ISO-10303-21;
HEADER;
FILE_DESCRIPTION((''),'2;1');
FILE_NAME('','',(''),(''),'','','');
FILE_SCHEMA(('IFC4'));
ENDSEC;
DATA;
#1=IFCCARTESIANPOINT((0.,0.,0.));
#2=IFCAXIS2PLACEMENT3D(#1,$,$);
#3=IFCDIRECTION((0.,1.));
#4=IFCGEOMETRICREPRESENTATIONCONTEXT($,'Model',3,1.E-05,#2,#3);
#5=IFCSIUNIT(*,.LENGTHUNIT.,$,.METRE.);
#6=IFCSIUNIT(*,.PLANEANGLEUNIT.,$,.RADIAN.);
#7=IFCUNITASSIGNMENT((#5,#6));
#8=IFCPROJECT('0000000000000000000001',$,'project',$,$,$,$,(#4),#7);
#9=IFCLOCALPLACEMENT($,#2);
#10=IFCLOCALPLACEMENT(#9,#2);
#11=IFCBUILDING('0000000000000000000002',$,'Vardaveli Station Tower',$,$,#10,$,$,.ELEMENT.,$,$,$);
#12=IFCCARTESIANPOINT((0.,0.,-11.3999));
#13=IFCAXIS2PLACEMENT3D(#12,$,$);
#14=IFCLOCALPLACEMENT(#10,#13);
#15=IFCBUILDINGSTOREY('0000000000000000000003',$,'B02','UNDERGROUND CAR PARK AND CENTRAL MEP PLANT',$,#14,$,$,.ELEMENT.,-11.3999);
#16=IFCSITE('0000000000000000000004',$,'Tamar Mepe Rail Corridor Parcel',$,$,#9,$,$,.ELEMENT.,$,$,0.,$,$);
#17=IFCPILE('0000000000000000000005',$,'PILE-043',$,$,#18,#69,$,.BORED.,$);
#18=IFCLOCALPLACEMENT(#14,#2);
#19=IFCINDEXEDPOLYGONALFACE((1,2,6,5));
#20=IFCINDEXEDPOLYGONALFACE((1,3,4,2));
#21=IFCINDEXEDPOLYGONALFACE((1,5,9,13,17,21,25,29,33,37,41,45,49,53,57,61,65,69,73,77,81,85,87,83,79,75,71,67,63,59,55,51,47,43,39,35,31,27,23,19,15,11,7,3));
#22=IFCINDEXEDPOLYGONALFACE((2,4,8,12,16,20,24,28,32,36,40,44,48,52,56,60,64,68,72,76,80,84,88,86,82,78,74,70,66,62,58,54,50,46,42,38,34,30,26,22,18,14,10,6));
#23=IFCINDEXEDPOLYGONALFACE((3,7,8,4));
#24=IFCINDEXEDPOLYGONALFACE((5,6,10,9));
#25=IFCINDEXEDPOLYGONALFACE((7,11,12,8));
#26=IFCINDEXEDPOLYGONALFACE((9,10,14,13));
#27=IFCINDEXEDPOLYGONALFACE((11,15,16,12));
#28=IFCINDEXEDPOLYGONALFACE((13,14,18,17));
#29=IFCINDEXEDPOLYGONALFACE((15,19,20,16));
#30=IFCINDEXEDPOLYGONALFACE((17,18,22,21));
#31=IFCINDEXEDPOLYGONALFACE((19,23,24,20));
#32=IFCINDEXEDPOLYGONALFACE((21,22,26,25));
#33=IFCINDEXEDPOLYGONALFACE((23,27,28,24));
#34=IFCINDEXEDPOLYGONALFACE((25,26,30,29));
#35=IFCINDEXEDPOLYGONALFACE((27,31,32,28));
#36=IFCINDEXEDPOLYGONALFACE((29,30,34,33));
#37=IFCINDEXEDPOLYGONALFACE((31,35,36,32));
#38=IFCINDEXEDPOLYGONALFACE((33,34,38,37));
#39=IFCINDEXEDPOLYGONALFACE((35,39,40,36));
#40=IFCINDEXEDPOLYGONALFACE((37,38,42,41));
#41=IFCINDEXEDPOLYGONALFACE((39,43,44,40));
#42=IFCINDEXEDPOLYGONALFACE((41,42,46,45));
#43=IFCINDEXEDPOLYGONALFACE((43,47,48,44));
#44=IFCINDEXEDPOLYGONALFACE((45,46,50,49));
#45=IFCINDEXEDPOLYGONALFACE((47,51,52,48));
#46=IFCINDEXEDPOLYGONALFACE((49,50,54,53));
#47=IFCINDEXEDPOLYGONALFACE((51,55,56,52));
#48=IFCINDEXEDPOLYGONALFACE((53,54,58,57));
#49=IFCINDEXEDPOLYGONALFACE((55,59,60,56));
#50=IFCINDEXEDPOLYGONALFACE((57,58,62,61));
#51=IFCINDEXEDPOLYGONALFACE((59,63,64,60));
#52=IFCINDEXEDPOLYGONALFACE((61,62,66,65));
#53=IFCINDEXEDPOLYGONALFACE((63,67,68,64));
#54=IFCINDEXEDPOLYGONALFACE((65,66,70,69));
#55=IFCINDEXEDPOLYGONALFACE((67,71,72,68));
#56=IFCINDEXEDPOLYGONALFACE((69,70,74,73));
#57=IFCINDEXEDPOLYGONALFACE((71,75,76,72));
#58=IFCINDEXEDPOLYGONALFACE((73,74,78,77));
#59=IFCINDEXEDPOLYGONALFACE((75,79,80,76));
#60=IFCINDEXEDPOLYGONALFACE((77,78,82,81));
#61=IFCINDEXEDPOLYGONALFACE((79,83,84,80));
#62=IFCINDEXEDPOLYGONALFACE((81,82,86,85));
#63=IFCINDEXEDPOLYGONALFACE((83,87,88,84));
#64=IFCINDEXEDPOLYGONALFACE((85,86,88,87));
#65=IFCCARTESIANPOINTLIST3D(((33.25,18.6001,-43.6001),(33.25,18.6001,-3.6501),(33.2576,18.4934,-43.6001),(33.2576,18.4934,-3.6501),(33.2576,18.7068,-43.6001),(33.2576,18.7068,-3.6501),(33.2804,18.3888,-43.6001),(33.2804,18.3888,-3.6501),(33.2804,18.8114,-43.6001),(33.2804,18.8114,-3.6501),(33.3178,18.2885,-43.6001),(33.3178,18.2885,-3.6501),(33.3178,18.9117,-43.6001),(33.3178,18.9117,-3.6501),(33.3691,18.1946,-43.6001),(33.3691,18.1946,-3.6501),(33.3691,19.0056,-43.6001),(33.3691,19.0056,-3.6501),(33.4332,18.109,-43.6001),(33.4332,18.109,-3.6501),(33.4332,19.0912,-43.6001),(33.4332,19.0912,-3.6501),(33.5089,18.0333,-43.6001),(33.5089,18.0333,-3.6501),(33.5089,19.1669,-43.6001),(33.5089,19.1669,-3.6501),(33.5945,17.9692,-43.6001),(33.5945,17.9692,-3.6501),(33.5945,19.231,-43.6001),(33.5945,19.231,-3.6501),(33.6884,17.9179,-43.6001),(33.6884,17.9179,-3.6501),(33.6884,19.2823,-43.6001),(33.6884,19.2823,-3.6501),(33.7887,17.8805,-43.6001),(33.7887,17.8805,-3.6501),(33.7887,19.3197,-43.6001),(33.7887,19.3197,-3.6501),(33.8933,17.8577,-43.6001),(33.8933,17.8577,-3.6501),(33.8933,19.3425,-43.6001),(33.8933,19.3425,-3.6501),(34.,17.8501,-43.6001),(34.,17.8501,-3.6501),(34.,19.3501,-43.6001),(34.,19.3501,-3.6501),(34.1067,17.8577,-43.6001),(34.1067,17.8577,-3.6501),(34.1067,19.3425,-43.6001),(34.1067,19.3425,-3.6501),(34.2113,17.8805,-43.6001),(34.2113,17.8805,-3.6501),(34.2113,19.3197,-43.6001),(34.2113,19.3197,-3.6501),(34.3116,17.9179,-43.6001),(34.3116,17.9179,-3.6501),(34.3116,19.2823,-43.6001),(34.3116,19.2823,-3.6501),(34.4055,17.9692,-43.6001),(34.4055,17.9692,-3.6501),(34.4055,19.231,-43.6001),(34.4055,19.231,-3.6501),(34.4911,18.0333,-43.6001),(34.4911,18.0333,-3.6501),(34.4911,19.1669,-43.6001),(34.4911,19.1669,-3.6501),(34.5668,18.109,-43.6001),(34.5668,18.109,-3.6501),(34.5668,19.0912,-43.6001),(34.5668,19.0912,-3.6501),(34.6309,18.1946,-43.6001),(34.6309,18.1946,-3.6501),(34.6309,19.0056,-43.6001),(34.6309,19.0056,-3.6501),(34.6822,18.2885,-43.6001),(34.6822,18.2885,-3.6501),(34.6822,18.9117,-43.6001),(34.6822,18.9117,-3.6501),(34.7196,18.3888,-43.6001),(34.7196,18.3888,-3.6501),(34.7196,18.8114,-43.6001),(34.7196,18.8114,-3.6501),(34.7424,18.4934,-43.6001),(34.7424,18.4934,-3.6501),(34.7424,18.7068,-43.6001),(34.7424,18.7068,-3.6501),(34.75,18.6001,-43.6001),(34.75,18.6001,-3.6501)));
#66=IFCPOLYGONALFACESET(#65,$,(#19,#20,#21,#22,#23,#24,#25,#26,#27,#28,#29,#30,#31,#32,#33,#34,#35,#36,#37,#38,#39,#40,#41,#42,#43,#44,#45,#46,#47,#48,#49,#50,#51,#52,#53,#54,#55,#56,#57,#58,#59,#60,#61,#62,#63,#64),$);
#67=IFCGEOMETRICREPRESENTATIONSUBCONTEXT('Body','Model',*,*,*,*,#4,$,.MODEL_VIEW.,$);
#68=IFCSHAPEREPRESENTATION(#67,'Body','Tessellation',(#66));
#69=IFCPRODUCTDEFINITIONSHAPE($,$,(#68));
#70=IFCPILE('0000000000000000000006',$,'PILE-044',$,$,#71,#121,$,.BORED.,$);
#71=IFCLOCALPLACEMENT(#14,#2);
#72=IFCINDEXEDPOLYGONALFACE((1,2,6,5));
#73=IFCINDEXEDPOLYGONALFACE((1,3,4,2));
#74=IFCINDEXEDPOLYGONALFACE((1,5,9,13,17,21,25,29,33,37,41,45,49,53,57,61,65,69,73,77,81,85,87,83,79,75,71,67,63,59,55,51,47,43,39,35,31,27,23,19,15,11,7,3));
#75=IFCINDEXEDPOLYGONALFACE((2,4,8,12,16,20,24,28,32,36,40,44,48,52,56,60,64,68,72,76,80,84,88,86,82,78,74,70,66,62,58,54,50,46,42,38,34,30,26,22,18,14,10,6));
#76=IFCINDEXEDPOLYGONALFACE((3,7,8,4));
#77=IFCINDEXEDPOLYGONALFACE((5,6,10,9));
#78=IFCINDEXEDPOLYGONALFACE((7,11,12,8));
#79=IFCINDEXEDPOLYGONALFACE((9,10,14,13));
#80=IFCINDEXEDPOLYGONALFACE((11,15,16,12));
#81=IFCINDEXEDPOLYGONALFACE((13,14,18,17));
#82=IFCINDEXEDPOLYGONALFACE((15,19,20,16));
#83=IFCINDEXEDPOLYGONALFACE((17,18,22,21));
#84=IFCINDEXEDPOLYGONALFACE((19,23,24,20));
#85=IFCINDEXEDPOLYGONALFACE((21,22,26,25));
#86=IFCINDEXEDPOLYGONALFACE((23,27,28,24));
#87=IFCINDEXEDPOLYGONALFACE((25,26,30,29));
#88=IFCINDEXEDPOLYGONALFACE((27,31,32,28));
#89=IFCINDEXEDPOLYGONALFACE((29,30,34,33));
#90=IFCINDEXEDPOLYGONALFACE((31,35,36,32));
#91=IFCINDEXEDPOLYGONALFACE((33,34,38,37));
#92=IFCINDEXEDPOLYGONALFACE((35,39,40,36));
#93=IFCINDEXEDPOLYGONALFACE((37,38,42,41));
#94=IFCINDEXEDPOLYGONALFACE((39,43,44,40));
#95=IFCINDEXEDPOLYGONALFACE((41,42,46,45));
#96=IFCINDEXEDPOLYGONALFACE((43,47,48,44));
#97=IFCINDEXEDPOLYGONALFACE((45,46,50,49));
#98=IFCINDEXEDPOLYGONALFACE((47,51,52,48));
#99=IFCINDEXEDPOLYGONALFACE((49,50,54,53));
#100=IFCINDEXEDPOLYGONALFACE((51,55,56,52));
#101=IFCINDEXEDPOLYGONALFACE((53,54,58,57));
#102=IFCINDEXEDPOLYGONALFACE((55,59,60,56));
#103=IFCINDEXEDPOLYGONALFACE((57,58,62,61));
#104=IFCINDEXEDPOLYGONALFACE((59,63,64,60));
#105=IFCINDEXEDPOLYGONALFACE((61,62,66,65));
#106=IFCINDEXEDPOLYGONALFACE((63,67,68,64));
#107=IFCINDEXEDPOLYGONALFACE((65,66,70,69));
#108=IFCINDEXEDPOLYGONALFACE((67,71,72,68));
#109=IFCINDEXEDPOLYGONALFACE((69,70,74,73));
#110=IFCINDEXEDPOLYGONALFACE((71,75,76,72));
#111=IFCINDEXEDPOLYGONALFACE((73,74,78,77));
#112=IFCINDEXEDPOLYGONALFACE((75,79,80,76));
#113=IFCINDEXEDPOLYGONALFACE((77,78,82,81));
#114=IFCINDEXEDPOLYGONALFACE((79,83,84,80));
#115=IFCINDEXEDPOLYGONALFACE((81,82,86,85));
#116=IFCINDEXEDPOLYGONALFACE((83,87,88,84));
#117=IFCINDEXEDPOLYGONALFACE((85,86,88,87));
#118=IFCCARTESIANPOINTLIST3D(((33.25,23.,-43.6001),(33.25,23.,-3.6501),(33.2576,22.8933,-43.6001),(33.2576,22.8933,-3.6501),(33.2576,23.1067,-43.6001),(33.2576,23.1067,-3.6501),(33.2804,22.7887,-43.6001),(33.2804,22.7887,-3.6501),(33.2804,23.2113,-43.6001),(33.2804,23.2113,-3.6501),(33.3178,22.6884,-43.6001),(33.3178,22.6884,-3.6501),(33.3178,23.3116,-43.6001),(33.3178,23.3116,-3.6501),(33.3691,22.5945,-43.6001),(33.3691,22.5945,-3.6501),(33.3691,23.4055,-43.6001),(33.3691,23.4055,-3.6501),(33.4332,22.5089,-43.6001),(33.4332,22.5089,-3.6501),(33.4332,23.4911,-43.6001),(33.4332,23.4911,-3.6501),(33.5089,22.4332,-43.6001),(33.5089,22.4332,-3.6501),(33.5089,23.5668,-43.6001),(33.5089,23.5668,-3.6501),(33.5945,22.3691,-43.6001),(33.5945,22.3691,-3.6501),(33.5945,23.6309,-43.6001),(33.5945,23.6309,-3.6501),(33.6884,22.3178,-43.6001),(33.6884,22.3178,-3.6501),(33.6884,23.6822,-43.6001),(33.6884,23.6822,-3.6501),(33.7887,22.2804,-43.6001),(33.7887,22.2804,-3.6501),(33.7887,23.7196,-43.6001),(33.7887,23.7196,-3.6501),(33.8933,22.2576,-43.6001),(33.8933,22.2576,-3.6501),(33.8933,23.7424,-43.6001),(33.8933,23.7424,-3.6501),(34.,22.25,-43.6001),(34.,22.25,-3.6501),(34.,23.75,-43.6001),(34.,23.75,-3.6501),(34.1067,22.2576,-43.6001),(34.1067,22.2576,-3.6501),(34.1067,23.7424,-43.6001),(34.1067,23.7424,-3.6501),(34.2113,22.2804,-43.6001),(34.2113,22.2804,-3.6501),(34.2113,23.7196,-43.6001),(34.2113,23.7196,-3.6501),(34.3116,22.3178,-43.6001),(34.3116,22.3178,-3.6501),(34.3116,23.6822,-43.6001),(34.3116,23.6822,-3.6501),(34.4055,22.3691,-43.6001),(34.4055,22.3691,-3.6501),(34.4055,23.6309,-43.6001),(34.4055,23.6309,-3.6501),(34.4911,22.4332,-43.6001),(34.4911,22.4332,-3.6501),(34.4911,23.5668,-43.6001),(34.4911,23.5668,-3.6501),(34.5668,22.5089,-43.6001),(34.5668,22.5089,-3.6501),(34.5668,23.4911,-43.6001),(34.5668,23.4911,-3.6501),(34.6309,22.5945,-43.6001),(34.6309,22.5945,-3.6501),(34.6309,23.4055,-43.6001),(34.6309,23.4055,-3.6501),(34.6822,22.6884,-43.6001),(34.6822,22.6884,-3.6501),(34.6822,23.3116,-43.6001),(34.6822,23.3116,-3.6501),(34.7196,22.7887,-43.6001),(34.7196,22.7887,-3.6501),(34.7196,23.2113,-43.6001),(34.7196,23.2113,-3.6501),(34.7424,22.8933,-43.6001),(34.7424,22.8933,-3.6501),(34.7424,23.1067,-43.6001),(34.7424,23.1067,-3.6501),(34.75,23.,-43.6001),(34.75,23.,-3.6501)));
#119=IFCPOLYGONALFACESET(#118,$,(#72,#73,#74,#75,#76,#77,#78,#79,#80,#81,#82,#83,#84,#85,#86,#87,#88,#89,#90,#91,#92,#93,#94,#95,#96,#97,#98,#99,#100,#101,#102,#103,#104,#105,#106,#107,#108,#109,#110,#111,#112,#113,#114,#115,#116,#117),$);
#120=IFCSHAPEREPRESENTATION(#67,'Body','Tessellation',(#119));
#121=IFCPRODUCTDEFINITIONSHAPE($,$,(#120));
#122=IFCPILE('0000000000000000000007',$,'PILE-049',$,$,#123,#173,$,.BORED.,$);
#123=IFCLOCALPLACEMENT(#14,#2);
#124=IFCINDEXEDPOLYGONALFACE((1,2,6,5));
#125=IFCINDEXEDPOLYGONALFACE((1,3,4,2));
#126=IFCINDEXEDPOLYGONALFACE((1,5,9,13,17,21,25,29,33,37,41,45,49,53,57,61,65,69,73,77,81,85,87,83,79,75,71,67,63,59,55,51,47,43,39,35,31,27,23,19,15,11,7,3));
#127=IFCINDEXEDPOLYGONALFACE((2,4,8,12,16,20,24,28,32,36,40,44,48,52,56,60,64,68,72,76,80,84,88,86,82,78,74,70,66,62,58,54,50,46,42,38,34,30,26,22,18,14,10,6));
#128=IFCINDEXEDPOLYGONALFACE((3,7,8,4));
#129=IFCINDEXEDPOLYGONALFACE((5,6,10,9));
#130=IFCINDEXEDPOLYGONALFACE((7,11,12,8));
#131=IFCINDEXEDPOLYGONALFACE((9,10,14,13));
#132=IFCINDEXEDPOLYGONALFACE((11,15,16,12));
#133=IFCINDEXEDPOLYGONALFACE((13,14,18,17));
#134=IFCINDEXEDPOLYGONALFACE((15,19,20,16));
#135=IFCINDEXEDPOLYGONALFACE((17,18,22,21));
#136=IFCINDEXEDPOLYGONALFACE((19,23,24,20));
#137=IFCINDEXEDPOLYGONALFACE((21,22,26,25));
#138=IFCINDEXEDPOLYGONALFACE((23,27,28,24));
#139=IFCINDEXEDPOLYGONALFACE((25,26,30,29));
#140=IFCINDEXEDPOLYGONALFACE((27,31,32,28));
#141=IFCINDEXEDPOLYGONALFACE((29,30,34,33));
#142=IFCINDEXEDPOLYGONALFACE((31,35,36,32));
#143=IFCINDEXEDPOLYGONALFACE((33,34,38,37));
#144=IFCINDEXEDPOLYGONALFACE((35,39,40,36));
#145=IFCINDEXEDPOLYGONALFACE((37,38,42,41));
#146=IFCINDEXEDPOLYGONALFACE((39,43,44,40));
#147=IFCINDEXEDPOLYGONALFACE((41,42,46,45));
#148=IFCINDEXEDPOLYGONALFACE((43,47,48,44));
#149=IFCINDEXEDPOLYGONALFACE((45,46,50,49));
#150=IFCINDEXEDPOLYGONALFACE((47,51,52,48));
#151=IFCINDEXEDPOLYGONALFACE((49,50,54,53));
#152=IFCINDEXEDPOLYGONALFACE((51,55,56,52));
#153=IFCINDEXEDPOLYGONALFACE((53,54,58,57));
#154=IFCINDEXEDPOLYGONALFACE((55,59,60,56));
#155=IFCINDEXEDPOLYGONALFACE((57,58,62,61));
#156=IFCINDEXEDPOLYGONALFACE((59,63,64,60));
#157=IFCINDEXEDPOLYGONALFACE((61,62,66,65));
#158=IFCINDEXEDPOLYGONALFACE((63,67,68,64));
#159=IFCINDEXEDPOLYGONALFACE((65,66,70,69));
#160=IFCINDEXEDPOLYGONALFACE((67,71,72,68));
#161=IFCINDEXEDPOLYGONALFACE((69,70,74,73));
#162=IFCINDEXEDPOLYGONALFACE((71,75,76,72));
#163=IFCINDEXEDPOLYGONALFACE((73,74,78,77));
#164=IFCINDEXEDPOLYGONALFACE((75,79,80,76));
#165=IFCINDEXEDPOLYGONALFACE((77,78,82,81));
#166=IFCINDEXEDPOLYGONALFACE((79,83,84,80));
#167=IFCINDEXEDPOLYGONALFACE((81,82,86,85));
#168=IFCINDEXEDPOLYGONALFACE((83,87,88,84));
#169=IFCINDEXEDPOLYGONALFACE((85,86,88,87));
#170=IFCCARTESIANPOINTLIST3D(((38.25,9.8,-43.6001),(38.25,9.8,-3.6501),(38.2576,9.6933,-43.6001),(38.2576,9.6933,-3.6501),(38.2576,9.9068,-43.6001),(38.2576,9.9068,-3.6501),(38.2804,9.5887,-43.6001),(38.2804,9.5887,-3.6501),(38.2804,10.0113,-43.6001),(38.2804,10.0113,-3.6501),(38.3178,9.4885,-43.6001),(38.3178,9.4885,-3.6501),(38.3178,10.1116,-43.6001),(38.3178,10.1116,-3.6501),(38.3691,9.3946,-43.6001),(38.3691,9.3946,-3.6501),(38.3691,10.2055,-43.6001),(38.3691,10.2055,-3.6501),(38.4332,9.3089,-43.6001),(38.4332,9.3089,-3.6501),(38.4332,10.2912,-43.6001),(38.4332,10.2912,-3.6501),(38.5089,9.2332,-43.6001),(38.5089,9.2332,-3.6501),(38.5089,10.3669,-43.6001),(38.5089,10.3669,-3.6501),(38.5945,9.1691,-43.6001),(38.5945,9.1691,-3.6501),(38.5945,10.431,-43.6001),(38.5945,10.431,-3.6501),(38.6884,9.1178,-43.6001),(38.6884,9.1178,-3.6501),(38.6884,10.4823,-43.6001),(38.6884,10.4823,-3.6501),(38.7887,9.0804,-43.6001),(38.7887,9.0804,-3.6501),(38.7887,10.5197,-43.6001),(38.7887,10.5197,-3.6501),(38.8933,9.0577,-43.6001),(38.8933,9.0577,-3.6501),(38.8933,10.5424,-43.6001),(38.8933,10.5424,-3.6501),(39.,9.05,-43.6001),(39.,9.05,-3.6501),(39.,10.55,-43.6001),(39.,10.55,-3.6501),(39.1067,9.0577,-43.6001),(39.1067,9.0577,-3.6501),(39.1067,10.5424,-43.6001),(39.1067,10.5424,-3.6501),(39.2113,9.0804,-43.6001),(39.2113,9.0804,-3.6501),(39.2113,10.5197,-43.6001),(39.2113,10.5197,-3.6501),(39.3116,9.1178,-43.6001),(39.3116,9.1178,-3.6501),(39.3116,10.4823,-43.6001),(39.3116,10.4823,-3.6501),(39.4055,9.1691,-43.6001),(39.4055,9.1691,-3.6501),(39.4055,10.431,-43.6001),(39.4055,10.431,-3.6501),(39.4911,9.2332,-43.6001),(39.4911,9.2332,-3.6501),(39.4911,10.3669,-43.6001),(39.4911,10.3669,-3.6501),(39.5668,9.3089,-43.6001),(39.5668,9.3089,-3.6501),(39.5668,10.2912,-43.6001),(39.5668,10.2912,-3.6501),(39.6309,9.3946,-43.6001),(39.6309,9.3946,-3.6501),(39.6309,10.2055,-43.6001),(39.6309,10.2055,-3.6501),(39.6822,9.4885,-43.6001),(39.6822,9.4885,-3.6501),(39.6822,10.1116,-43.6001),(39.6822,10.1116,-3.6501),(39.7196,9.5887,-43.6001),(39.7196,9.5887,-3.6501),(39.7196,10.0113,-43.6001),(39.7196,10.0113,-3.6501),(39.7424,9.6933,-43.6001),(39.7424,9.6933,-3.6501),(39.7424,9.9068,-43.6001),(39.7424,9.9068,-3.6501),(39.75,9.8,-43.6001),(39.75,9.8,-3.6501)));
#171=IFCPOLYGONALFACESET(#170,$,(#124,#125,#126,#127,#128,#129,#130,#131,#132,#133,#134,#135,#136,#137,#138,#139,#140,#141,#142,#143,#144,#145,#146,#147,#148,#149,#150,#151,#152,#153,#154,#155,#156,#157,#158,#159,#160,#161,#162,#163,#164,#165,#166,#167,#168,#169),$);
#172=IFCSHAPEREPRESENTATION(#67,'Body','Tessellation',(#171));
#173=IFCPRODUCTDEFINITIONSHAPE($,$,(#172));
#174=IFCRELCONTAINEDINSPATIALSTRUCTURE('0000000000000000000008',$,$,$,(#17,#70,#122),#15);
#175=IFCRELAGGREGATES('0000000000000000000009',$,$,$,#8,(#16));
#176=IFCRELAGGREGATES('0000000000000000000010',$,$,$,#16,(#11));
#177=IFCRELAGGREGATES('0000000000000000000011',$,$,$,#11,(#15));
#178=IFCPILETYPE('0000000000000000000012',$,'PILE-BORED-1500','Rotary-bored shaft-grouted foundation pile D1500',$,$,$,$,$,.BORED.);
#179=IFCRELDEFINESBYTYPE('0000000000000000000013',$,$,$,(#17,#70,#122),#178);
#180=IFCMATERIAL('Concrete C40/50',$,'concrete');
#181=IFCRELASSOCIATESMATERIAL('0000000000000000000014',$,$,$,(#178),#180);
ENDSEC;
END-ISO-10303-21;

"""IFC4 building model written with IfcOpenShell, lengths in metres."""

from ifc_helpers import new_model, si_unit, direction, frame, origin, origin_2d, place, context, subcontext, project, spatial, circle, extrude, source, transform, mapped, material, material_profile, profile_set, type_object, element, save


model = new_model("IFC4")

# Units and contexts
model_context = context("Model", 3, precision=1e-05, world=origin(), true_north=direction((0.0, 1.0)))
body_context = subcontext(model_context, "Body", "Model", "MODEL_VIEW")
ifc_project = project(units=[si_unit("LENGTHUNIT", "METRE"), si_unit("PLANEANGLEUNIT", "RADIAN")], contexts=[model_context])

# Site, building, storey
site_placement = place(None, origin())
site = spatial("IfcSite", under=ifc_project, at=site_placement, Name="Tamar Mepe Rail Corridor Parcel", CompositionType="ELEMENT", RefElevation=0.0)
building_placement = place(site_placement, origin())
building = spatial("IfcBuilding", under=site, at=building_placement, Name="Vardaveli Station Tower", CompositionType="ELEMENT")
storey_placement = place(building_placement, frame((0.0, 0.0, -11.3999)))
storey = spatial("IfcBuildingStorey", under=building, at=storey_placement, Name="B02", Description="UNDERGROUND CAR PARK AND CENTRAL MEP PLANT", CompositionType="ELEMENT", Elevation=-11.3999)

# Piles
ifc_material_1 = material(Name="Concrete C40/50", Category="concrete")
ifc_material_profile_1 = material_profile(ifc_material_1, circle(Radius=0.75, at=origin_2d()), Name="PILE D1500")
ifc_profile_set_1 = profile_set([ifc_material_profile_1], Name="Concrete C40/50")
pile_type_1 = type_object("IfcPileType", Name="PILE-BORED-1500", Description="Rotary-bored shaft-grouted foundation pile D1500", PredefinedType="BORED", material=ifc_profile_set_1)
shared_shape_1 = source(origin(), body_context, "Body", "SweptSolid", [
    extrude(circle(Radius=0.75, at=origin_2d()), origin(), (0.0, 0.0, 1.0), 39.95),
])
for number, where, z_axis, x_axis, name in (
    (1, (34.0, 18.6001, -3.6501), (0.0, 0.0, -1.0), (1.0, 0.0, 0.0), "PILE-043"),
    (2, (34.0, 23.0, -3.6501), (0.0, 0.0, -1.0), (1.0, 0.0, 0.0), "PILE-044"),
    (3, (39.0, 9.8, -3.6501), (0.0, 0.0, -1.0), (1.0, 0.0, 0.0), "PILE-049"),
):
    element("IfcPile", number, at=place(storey_placement, frame(where, z_axis=z_axis, x_axis=x_axis)), inside=storey, type_object=pile_type_1, Name=name, PredefinedType="BORED", context=body_context, shape_type="MappedRepresentation", body=[
        mapped(shared_shape_1, transform((0.0, 0.0, 0.0), scale=1.0)),
    ])

save(model, "model.ifc")
